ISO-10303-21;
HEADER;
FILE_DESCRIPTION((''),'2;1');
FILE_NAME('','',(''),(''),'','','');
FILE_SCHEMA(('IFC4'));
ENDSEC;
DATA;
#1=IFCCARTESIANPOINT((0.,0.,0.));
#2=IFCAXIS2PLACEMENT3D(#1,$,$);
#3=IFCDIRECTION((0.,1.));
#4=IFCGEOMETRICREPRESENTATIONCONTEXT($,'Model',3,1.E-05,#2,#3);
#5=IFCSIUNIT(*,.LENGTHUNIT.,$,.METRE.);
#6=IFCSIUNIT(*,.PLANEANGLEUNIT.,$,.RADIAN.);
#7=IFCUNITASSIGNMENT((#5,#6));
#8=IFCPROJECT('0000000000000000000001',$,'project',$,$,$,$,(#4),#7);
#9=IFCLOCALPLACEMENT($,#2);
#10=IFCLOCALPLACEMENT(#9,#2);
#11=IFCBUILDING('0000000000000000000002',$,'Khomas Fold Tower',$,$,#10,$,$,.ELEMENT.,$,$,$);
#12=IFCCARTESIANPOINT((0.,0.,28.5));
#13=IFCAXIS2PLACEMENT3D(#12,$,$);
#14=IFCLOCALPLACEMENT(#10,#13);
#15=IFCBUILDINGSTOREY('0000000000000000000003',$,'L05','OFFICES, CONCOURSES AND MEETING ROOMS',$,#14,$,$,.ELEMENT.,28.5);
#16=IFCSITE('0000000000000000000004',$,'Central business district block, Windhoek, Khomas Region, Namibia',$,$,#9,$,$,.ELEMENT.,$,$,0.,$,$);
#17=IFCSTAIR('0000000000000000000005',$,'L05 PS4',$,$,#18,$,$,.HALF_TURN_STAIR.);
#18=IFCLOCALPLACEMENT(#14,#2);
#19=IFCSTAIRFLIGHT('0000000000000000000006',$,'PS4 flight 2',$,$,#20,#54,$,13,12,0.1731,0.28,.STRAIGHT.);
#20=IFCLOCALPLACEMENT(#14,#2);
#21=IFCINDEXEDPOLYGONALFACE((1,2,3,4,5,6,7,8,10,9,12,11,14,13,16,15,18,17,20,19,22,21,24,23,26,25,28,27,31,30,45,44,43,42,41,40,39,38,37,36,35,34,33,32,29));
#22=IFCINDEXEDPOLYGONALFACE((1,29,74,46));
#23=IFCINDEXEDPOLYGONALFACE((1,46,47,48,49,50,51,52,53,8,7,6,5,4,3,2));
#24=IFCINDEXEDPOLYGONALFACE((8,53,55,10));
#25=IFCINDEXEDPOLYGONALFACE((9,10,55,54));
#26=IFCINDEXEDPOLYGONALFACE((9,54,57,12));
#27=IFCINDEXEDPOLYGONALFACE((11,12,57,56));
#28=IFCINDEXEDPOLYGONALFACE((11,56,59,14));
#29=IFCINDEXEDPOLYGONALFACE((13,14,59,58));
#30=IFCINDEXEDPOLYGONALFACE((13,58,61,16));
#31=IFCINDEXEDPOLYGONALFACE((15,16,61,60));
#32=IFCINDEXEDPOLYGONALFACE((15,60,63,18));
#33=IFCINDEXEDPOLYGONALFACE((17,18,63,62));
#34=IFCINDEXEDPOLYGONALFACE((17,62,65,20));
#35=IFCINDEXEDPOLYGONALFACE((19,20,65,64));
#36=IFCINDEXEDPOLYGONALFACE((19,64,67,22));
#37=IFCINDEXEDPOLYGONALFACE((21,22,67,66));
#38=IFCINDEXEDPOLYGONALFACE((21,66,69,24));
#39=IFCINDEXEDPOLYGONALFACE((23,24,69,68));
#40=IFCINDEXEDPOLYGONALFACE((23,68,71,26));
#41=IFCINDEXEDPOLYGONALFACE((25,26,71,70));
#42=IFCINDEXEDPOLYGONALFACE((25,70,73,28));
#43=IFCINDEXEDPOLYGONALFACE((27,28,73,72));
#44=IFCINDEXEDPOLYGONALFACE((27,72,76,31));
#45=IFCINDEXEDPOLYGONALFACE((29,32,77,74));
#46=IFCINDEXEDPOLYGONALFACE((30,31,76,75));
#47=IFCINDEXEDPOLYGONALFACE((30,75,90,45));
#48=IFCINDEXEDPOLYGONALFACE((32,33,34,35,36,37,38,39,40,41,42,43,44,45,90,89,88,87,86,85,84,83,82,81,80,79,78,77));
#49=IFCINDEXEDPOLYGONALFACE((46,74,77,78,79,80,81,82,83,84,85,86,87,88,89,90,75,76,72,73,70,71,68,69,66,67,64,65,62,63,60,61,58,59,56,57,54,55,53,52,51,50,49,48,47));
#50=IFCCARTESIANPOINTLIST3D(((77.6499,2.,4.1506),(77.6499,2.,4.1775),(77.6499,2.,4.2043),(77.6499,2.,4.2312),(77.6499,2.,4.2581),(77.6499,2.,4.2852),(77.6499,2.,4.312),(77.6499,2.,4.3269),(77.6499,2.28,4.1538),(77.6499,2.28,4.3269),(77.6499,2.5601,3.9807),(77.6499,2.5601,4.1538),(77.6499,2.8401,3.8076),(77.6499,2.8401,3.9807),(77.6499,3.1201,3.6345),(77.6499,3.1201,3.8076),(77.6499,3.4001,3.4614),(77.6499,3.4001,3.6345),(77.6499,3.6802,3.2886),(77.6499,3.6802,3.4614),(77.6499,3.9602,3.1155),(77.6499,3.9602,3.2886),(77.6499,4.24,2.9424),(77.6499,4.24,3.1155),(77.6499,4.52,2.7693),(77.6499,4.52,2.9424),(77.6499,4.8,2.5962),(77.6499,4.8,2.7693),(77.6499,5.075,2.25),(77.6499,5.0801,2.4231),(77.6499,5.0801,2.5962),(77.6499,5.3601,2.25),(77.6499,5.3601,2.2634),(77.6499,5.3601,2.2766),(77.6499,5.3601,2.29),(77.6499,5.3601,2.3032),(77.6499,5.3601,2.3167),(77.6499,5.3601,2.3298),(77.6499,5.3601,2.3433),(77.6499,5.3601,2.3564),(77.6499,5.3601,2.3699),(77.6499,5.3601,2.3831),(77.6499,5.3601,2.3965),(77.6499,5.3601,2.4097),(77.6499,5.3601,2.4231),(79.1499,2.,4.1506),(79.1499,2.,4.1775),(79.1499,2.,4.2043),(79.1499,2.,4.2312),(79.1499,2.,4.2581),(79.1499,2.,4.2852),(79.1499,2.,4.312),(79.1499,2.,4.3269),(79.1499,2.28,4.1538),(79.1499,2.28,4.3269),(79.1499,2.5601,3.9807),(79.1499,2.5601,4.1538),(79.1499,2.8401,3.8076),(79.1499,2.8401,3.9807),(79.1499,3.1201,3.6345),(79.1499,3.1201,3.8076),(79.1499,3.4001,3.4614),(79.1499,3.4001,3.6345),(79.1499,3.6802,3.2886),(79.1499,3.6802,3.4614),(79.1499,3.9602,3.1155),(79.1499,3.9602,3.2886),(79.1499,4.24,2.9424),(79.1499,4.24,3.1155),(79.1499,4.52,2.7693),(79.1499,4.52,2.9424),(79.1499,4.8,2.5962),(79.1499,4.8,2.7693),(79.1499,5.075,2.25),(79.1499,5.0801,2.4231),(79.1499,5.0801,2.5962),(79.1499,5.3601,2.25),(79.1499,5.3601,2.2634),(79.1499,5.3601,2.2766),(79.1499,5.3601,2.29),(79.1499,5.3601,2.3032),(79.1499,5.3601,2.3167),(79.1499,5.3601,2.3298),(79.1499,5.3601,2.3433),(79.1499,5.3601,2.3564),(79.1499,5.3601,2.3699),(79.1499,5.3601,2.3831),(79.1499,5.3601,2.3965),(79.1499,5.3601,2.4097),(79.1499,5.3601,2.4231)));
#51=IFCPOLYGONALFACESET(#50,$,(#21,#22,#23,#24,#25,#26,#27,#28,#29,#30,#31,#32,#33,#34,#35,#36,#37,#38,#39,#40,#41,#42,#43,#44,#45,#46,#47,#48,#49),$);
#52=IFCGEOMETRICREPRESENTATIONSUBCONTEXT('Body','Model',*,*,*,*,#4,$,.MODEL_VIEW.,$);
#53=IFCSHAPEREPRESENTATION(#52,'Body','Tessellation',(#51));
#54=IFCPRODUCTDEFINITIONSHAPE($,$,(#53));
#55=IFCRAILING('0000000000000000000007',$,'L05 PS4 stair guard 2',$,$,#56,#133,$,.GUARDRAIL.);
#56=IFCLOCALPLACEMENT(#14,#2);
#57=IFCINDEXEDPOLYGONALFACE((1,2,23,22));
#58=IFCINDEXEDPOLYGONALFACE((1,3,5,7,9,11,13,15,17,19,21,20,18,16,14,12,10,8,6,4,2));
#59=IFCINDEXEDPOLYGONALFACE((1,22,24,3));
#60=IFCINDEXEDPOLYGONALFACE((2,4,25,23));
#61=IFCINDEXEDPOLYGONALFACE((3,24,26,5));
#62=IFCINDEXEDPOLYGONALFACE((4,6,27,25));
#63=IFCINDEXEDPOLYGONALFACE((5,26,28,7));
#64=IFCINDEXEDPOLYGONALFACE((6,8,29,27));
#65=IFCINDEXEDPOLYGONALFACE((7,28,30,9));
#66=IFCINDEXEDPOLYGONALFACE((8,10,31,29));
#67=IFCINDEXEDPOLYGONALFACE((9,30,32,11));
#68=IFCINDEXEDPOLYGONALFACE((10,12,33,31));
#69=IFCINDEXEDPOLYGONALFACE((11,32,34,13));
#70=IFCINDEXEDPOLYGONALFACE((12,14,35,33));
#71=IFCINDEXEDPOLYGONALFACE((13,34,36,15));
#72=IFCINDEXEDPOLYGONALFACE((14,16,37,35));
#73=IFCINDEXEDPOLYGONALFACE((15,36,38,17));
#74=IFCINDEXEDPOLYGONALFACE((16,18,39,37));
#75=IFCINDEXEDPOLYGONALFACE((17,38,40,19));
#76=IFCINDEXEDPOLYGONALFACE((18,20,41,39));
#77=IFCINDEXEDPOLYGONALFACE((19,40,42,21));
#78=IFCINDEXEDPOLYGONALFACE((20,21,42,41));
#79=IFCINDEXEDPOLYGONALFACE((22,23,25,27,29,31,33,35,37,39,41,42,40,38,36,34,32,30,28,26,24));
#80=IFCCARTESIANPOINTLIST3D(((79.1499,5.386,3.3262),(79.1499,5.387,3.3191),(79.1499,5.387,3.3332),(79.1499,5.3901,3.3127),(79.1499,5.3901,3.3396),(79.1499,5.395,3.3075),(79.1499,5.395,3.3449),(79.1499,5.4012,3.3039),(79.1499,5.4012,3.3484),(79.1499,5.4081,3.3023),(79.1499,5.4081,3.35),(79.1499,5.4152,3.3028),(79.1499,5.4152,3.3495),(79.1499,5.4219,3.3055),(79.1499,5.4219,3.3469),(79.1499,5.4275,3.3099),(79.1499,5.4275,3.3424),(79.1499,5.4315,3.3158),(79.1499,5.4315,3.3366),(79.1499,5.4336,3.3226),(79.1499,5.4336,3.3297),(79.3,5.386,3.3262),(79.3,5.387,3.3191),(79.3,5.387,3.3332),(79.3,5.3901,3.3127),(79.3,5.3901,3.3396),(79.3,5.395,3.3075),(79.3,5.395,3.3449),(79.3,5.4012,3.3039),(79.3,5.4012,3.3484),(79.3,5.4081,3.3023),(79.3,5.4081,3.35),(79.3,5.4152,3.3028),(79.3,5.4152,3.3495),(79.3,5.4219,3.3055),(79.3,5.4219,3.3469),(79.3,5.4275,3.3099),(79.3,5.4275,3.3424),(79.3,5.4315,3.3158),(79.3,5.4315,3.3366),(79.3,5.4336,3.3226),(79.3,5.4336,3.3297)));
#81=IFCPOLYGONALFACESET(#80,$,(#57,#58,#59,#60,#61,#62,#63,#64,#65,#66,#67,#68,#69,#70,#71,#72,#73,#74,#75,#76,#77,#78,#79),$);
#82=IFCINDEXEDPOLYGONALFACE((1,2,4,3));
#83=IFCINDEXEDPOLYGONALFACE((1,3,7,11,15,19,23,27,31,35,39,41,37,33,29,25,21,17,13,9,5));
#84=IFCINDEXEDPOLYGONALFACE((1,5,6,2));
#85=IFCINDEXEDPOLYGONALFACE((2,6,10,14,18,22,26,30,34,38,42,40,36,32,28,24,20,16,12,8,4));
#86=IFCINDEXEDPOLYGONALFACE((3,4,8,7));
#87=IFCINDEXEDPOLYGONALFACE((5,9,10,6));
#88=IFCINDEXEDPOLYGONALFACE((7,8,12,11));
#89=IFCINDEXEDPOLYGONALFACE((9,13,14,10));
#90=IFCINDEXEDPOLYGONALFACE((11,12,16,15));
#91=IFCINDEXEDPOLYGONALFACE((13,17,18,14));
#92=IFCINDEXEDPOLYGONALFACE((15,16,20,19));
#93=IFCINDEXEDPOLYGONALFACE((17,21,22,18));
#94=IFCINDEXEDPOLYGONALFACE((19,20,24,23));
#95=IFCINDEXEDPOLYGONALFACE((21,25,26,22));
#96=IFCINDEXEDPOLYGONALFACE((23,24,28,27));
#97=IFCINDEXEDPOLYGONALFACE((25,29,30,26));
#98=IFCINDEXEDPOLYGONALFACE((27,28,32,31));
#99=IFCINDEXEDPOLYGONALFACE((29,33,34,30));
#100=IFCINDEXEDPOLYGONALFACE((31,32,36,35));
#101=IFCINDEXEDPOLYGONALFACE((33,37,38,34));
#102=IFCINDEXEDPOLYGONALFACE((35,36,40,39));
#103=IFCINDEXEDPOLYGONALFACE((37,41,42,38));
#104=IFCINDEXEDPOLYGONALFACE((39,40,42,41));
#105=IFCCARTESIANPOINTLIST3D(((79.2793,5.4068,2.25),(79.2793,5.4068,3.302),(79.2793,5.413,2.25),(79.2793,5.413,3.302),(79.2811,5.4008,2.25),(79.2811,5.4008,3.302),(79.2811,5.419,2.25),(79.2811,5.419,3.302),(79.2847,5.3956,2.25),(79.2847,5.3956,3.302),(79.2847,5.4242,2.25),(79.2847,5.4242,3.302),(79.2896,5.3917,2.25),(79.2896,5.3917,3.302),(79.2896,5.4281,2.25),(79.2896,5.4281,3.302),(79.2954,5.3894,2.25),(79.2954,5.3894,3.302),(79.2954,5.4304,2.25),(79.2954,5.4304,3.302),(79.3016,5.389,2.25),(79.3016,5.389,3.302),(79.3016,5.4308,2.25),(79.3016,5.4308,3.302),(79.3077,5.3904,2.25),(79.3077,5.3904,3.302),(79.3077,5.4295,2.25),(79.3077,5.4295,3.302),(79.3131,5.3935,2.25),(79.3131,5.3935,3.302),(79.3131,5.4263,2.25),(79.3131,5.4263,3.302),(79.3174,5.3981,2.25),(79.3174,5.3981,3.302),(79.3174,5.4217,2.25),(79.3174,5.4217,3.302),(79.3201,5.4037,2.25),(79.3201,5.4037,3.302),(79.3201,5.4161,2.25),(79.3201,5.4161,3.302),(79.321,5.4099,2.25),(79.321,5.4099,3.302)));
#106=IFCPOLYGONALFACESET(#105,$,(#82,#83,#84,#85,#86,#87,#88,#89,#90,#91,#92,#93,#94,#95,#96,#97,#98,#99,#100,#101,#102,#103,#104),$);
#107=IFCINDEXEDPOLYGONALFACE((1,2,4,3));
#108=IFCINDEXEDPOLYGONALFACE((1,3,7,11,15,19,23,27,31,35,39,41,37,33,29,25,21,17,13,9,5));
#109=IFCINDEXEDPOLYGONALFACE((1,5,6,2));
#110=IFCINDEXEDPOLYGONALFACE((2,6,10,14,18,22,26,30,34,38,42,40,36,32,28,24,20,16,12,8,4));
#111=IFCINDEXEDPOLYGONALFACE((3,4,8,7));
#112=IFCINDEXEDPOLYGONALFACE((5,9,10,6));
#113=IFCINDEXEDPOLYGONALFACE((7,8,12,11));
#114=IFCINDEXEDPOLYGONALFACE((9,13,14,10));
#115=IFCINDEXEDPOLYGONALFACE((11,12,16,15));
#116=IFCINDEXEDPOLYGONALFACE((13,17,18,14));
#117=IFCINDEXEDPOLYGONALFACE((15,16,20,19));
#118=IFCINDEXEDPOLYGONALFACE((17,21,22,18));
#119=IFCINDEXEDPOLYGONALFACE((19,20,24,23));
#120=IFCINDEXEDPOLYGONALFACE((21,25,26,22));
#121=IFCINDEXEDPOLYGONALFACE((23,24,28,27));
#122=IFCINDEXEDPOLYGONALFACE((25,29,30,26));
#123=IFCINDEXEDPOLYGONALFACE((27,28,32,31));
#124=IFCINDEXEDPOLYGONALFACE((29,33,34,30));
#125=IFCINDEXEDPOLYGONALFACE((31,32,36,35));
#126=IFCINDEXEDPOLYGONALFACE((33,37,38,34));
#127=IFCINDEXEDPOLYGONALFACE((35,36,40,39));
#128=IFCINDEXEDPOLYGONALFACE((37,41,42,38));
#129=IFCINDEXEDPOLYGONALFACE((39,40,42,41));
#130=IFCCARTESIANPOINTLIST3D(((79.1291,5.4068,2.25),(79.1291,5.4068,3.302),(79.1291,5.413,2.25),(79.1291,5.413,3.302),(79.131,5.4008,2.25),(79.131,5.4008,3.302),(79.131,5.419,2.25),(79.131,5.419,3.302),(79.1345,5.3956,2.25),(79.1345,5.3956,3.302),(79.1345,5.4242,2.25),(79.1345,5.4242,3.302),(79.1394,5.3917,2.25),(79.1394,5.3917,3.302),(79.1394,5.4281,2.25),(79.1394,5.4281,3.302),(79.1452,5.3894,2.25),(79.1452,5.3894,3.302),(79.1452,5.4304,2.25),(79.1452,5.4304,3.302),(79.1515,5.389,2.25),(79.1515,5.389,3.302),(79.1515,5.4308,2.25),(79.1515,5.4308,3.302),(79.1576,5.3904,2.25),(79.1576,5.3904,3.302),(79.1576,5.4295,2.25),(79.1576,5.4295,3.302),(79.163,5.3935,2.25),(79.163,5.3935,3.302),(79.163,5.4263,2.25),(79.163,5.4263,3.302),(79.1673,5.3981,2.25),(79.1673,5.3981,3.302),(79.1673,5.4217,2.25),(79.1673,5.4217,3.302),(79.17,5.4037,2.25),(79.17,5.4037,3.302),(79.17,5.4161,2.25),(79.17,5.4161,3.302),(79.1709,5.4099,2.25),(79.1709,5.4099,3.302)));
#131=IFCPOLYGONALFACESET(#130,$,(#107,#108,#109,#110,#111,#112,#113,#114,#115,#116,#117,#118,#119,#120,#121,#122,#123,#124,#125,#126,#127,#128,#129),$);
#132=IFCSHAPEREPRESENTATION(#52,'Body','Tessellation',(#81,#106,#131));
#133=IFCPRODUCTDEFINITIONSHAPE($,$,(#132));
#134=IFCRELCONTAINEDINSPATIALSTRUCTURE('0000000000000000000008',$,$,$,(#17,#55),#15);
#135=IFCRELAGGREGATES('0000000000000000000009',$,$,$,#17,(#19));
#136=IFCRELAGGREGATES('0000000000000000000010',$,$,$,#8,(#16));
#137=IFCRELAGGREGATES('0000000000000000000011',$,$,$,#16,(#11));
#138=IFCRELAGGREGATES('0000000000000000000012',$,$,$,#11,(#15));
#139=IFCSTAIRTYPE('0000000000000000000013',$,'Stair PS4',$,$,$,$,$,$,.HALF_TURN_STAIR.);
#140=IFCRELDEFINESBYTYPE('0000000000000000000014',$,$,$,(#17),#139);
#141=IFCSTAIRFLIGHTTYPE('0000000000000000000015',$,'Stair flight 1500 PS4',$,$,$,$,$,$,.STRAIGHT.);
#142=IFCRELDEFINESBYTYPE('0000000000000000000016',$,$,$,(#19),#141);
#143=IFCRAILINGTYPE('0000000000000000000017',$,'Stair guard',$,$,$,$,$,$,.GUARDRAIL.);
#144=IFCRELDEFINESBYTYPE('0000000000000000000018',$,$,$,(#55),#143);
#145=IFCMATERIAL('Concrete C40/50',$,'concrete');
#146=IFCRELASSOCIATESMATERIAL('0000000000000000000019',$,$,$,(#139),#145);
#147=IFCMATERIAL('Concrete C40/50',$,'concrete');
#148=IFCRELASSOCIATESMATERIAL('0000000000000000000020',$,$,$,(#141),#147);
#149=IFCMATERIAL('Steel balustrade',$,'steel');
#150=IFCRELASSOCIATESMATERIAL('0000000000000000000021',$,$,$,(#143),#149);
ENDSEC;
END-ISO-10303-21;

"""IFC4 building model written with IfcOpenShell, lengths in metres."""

from ifc_helpers import new_model, si_unit, direction, frame, origin, origin_2d, place, context, subcontext, project, spatial, polyline, circle, outline, extrude, source, transform, mapped, material, type_object, element, aggregate, save


model = new_model("IFC4")

# Units and contexts
model_context = context("Model", 3, precision=1e-05, world=origin(), true_north=direction((0.0, 1.0)))
body_context = subcontext(model_context, "Body", "Model", "MODEL_VIEW")
ifc_project = project(units=[si_unit("LENGTHUNIT", "METRE"), si_unit("PLANEANGLEUNIT", "RADIAN")], contexts=[model_context])

# Site, building, storey
site_placement = place(None, origin())
site = spatial("IfcSite", under=ifc_project, at=site_placement, Name="Central business district block, Windhoek, Khomas Region, Namibia", CompositionType="ELEMENT", RefElevation=0.0)
building_placement = place(site_placement, origin())
building = spatial("IfcBuilding", under=site, at=building_placement, Name="Khomas Fold Tower", CompositionType="ELEMENT")
storey_placement = place(building_placement, frame((0.0, 0.0, 28.5)))
storey = spatial("IfcBuildingStorey", under=building, at=storey_placement, Name="L05", Description="OFFICES, CONCOURSES AND MEETING ROOMS", CompositionType="ELEMENT", Elevation=28.5)

# Stair, stair flight
ifc_material_1 = material(Name="Concrete C40/50", Category="concrete")
stair_type = type_object("IfcStairType", Name="Stair PS4", PredefinedType="HALF_TURN_STAIR", material=ifc_material_1)
stair_placement = place(storey_placement, origin())
stair = element("IfcStair", 1, at=stair_placement, inside=storey, type_object=stair_type, Name="L05 PS4", PredefinedType="HALF_TURN_STAIR")
ifc_material_2 = material(Name="Concrete C40/50", Category="concrete")
stair_flight_type = type_object("IfcStairFlightType", Name="Stair flight 1500 PS4", PredefinedType="STRAIGHT", material=ifc_material_2)
shared_shape_1 = source(origin(), body_context, "Body", "SweptSolid", [
    extrude(outline(polyline([(0.0, 0.0), (0.0, 0.0134), (0.0, 0.0266), (0.0, 0.04), (0.0, 0.0532), (0.0, 0.0667), (0.0, 0.0798), (0.0, 0.0933), (0.0, 0.1064), (0.0, 0.1199), (0.0, 0.1331), (0.0, 0.1465), (0.0, 0.1597), (0.0, 0.1731), (0.28, 0.1731), (0.28, 0.3462), (0.5601, 0.3462), (0.5601, 0.5193), (0.8401, 0.5193), (0.8401, 0.6924), (1.1201, 0.6924), (1.1201, 0.8655), (1.3999, 0.8655), (1.3999, 1.0386), (1.6799, 1.0386), (1.6799, 1.2114), (1.96, 1.2114), (1.96, 1.3845), (2.24, 1.3845), (2.24, 1.5576), (2.52, 1.5576), (2.52, 1.7307), (2.8, 1.7307), (2.8, 1.9038), (3.0801, 1.9038), (3.0801, 2.0769), (3.3601, 2.0769), (3.3601, 2.25), (3.3601, 2.2231), (3.3601, 2.1963), (3.3601, 2.1694), (3.3601, 2.1426), (3.3601, 2.1157), (3.3601, 2.0889), (3.3601, 2.062), (3.3601, 2.0352), (3.3601, 2.0081), (3.3601, 1.9812), (3.3601, 1.9543), (3.3601, 1.9275), (3.3601, 1.9006), (0.2852, 0.0), (0.0, 0.0)])), frame((0.0, 0.75, 0.0), z_axis=(0.0, -1.0, 0.0), x_axis=(1.0, 0.0, 0.0)), (0.0, 0.0, 1.0), 1.5),
])
stair_flight_placement = place(storey_placement, frame((78.3999, 5.3601, 2.25), z_axis=(0.0, 0.0, 1.0), x_axis=(0.0, -1.0, 0.0)))
stair_flight = element("IfcStairFlight", 2, at=stair_flight_placement, type_object=stair_flight_type, Name="PS4 flight 2", NumberOfRisers=13, NumberOfTreads=12, PredefinedType="STRAIGHT", RiserHeight=0.1731, TreadLength=0.28, context=body_context, shape_type="MappedRepresentation", body=[
    mapped(shared_shape_1, transform((0.0, 0.0, 0.0))),
])
aggregate(stair, [stair_flight])

# Railing
ifc_material_3 = material(Name="Steel balustrade", Category="steel")
railing_type_1 = type_object("IfcRailingType", Name="Stair guard", PredefinedType="GUARDRAIL", material=ifc_material_3)
shared_shape_2 = source(origin(), body_context, "Body", "SweptSolid", [
    extrude(circle(Radius=0.0239, at=origin_2d()), frame((0.0, 0.0, 1.0762), z_axis=(-1.0, 0.0, 0.0), x_axis=(0.0, -1.0, 0.0)), (0.0, 0.0, 1.0), 0.1501),
    extrude(circle(Radius=0.021, at=origin_2d()), origin(), (0.0, 0.0, 1.0), 1.052),
    extrude(circle(Radius=0.021, at=origin_2d()), frame((-0.1501, 0.0, 0.0)), (0.0, 0.0, 1.0), 1.052),
])
railing_1_placement = place(storey_placement, frame((79.3, 5.4099, 2.25)))
element("IfcRailing", 3, at=railing_1_placement, inside=storey, type_object=railing_type_1, Name="L05 PS4 stair guard 2", PredefinedType="GUARDRAIL", context=body_context, shape_type="MappedRepresentation", body=[
    mapped(shared_shape_2, transform((0.0, 0.0, 0.0))),
])

save(model, "model.ifc")
